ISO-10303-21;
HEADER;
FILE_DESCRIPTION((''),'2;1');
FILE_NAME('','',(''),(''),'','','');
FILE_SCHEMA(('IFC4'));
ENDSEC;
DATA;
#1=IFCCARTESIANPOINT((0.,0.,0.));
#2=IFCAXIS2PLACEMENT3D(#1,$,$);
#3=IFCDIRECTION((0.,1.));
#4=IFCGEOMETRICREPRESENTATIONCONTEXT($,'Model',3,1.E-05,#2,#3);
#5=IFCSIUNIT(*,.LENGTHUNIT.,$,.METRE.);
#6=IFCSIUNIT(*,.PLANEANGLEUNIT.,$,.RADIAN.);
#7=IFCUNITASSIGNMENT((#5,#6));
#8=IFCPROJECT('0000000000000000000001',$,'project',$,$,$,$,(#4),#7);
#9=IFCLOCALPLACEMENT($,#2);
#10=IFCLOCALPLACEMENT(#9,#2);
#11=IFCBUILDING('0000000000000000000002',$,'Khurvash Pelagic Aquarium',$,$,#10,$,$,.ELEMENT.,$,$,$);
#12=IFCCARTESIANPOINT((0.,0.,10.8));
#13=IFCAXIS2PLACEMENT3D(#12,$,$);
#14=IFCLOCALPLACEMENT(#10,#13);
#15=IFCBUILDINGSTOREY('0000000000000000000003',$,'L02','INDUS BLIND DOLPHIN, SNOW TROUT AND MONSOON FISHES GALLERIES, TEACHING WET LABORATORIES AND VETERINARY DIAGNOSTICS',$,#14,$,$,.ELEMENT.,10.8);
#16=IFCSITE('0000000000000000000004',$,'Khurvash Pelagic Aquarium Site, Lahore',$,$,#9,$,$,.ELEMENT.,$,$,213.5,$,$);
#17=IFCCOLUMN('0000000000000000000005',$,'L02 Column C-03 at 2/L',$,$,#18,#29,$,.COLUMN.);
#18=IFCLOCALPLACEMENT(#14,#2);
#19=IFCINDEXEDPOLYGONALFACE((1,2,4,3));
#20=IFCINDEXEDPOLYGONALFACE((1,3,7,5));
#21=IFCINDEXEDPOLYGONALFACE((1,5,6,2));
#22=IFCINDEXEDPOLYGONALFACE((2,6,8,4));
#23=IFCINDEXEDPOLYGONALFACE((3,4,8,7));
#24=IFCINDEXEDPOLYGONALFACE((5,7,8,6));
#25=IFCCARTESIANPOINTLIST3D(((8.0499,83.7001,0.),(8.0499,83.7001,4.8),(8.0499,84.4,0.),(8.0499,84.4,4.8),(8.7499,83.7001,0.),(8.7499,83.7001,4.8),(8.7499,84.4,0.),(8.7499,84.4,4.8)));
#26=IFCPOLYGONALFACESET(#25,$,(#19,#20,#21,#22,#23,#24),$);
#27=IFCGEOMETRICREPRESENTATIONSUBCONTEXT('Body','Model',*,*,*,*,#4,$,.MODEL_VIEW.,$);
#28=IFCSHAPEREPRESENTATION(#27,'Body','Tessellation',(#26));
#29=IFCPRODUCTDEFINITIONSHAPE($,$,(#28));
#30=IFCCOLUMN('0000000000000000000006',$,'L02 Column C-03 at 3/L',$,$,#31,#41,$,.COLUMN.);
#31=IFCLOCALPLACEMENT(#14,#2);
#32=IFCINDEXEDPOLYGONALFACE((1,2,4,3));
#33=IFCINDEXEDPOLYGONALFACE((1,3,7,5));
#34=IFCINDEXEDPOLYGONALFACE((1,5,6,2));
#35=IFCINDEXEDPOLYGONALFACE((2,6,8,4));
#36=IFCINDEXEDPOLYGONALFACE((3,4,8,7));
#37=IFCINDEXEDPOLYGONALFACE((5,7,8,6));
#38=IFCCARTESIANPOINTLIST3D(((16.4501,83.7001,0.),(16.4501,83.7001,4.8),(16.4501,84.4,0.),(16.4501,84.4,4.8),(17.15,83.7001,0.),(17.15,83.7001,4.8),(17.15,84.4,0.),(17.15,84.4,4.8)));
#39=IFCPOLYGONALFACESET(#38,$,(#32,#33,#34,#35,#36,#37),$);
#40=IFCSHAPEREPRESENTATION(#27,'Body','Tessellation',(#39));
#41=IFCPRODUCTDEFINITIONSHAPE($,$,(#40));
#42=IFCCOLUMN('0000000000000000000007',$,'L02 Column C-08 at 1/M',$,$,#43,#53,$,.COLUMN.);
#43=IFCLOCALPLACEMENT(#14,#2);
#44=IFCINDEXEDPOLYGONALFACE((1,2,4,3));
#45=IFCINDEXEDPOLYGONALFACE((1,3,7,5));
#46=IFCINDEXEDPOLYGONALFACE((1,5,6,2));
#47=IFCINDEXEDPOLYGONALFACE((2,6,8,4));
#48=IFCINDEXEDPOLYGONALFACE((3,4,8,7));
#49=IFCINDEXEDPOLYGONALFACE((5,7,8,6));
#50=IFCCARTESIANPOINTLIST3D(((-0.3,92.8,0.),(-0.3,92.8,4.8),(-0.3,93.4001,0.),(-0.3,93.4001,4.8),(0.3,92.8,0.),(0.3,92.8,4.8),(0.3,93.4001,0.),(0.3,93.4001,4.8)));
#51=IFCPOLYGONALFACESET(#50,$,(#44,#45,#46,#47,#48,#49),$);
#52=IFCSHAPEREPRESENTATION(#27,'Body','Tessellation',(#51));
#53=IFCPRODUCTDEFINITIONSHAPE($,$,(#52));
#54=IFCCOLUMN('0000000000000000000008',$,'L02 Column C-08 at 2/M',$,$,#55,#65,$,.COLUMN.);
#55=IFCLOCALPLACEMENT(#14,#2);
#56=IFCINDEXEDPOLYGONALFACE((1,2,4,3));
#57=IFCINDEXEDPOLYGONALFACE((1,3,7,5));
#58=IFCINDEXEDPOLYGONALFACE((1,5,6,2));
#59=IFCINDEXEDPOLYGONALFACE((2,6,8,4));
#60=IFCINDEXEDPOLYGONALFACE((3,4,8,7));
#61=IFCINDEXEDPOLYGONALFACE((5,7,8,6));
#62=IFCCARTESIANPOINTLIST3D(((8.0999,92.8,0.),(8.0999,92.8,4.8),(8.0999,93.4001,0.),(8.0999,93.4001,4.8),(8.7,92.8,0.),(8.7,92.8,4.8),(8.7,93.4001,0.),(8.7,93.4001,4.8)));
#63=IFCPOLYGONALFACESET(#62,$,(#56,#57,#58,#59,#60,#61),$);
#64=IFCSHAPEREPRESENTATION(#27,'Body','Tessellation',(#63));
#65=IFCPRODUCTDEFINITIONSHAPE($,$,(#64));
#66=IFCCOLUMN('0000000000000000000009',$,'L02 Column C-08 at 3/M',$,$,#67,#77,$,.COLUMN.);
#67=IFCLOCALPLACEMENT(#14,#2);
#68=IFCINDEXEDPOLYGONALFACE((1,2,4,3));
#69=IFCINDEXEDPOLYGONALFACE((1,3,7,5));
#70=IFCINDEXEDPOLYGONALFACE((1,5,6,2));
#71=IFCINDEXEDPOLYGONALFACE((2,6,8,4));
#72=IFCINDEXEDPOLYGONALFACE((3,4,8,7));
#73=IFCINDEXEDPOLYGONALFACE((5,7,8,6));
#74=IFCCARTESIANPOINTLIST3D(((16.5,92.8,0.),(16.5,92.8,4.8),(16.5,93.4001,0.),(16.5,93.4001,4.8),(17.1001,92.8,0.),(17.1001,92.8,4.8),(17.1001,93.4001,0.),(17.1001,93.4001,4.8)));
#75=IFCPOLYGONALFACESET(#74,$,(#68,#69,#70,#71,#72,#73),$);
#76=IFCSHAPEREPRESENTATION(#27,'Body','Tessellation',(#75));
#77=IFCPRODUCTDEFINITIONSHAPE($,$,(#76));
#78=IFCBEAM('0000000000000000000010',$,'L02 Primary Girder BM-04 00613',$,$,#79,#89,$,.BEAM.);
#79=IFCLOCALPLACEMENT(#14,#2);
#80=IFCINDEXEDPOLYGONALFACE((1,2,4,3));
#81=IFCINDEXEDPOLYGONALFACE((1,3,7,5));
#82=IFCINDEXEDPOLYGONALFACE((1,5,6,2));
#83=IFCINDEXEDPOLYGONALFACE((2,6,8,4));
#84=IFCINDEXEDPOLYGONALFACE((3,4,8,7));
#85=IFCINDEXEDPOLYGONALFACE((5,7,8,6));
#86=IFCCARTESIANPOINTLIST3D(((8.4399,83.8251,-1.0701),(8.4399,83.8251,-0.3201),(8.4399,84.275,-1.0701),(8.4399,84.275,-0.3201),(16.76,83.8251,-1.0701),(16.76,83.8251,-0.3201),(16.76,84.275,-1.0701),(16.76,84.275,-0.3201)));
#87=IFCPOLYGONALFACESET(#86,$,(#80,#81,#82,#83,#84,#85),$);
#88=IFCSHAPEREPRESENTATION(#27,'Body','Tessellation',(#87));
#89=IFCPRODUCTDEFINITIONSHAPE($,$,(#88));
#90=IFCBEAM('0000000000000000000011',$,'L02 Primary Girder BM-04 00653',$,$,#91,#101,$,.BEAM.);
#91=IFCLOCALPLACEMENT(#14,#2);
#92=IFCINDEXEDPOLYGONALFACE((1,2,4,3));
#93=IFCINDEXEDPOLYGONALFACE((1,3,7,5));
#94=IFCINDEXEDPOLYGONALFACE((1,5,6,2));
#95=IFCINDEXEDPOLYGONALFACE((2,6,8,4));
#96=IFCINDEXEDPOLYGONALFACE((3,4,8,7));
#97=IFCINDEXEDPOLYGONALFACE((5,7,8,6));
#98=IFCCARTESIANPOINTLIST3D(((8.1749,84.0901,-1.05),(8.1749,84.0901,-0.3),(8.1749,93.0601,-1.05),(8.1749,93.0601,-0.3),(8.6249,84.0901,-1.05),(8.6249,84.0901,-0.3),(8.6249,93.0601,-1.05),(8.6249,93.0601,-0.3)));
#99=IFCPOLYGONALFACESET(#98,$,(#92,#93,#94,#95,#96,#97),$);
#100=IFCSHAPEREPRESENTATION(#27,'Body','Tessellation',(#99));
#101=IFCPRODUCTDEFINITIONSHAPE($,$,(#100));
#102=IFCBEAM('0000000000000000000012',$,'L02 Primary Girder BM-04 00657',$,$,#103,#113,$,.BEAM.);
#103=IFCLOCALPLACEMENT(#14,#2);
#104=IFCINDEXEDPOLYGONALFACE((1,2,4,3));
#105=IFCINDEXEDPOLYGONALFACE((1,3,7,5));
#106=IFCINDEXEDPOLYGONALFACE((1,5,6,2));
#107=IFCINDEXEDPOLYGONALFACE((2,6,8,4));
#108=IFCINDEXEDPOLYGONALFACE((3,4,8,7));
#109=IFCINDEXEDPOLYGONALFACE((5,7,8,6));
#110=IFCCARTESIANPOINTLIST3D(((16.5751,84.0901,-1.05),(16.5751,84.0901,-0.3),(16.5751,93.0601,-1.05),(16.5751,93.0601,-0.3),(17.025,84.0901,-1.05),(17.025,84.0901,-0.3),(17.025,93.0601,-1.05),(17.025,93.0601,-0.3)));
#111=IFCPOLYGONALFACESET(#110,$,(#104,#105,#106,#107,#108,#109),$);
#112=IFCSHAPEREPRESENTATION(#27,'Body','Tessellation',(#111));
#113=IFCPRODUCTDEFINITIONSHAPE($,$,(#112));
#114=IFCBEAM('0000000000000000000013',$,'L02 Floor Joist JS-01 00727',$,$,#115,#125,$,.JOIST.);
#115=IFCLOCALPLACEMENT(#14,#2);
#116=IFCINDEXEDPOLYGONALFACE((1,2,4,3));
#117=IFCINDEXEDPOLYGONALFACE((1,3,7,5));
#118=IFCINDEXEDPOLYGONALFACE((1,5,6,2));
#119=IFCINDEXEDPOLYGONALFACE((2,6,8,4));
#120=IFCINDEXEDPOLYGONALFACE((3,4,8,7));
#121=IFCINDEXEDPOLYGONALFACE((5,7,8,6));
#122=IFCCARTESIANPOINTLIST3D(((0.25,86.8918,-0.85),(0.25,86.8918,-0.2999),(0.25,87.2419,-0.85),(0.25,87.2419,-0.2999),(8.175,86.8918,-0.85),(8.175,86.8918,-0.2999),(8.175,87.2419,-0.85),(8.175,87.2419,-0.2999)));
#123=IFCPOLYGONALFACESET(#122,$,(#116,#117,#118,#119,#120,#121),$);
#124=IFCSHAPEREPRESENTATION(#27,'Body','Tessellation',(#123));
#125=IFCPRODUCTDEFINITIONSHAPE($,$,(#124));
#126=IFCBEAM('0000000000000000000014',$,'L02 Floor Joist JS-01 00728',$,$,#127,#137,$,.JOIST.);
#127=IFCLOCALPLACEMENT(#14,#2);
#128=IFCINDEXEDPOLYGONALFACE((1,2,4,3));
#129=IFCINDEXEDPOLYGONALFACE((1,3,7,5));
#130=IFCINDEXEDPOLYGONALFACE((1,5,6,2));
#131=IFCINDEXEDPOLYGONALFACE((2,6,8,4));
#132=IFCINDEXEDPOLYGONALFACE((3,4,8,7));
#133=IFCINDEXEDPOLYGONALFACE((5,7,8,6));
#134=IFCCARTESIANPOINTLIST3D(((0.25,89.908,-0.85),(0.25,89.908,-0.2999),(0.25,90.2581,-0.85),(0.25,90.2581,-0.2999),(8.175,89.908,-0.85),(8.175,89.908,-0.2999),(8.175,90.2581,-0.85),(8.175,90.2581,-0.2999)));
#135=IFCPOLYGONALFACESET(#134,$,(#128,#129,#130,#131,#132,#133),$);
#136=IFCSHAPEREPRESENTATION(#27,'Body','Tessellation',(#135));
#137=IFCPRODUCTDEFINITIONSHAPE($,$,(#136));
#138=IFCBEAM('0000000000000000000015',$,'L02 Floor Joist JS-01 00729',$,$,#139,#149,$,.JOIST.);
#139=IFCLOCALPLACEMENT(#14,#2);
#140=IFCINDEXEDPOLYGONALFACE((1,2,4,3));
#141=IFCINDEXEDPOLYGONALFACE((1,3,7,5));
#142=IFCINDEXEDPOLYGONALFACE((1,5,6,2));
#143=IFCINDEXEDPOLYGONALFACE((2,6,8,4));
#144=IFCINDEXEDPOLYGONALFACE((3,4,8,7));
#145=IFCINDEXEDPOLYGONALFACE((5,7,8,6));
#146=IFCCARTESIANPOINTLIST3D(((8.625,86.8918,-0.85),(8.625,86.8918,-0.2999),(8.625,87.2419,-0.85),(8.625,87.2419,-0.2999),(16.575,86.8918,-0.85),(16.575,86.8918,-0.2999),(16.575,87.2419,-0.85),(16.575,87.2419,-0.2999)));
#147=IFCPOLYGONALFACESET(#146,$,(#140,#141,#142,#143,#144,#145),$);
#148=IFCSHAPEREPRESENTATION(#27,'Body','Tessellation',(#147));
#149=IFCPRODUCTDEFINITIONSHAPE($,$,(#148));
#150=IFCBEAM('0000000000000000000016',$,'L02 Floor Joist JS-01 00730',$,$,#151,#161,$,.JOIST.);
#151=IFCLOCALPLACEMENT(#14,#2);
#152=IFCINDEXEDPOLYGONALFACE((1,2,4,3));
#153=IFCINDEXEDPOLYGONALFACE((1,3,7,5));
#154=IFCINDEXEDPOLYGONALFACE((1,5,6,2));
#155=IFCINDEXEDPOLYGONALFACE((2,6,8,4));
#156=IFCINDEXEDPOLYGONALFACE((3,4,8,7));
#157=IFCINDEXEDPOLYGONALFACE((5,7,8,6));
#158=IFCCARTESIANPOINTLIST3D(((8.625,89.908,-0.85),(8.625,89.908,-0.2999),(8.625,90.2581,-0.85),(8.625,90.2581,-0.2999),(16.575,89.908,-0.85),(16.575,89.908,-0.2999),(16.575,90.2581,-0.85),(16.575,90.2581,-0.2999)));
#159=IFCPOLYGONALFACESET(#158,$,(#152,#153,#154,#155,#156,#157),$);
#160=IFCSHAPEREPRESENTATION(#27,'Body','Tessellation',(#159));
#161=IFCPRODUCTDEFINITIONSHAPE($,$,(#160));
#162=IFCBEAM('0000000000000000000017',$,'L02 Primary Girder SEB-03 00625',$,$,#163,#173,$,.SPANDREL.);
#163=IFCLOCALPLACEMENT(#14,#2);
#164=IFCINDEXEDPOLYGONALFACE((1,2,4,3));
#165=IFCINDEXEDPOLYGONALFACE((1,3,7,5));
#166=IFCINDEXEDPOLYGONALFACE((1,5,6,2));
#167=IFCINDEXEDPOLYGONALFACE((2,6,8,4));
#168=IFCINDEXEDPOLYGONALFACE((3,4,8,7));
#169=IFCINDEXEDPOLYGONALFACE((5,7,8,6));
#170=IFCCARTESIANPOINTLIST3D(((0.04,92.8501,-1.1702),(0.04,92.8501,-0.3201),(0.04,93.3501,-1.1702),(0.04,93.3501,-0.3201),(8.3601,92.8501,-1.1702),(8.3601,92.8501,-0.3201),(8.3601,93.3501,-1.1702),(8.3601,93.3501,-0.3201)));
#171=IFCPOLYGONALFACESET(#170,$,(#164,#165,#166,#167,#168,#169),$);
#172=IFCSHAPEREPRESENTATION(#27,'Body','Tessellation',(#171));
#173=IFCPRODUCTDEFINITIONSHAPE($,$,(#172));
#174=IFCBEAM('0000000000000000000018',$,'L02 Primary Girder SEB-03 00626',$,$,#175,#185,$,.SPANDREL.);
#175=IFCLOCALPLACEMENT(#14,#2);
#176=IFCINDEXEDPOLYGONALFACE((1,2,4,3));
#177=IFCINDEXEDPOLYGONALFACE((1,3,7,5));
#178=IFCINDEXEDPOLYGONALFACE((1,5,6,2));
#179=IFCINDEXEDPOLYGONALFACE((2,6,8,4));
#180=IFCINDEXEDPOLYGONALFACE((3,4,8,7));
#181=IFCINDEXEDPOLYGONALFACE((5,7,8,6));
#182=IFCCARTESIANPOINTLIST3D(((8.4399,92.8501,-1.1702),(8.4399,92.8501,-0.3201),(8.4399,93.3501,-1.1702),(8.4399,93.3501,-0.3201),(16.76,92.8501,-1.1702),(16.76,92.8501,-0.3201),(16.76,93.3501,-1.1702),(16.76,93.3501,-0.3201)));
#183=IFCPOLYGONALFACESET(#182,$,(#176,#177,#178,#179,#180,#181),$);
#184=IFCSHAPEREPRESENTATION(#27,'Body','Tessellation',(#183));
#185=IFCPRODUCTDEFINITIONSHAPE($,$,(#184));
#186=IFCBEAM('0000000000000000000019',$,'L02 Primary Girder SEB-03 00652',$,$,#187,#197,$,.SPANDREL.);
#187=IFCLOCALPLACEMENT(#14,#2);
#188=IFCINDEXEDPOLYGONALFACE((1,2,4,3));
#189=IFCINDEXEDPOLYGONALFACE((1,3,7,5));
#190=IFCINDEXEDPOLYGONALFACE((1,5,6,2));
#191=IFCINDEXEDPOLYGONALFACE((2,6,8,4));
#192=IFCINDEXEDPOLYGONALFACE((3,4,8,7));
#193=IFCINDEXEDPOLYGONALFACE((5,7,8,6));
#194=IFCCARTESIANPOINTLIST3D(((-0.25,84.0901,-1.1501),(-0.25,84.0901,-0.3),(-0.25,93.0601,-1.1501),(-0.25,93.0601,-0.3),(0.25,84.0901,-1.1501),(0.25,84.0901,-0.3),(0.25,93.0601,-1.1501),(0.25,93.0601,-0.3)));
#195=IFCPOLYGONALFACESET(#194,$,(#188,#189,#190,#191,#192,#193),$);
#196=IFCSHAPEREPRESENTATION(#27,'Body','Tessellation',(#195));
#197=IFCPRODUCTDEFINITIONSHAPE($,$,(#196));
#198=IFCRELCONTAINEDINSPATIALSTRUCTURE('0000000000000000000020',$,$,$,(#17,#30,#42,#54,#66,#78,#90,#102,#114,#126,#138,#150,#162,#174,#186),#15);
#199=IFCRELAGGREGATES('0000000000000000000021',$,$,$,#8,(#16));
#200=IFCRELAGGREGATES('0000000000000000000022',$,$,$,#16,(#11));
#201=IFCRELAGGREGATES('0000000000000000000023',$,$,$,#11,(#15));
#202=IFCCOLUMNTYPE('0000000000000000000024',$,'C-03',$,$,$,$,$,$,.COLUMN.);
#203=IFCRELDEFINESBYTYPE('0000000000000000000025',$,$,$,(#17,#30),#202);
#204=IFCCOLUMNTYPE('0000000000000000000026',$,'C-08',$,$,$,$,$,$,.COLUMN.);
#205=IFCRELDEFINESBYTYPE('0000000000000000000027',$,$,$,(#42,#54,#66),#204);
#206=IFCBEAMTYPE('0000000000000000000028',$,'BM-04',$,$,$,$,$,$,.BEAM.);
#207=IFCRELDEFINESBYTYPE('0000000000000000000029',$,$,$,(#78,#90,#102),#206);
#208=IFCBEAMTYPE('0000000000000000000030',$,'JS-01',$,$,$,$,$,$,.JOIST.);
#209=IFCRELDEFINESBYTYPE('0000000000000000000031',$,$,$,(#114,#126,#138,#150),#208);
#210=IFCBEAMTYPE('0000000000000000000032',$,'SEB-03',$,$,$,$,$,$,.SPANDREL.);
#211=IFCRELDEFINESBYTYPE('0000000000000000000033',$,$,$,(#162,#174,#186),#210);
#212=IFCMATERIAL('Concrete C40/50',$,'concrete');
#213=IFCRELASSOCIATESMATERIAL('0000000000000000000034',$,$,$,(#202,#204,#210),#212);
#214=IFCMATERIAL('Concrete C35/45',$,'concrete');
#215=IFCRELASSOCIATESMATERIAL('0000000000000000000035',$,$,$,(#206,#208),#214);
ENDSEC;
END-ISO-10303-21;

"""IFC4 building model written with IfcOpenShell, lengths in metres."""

from ifc_helpers import new_model, si_unit, direction, frame, origin, origin_2d, place, context, subcontext, project, spatial, rectangle, extrude, material, material_profile, profile_set, type_object, element, save


model = new_model("IFC4")

# Units and contexts
model_context = context("Model", 3, precision=1e-05, world=origin(), true_north=direction((0.0, 1.0)))
body_context = subcontext(model_context, "Body", "Model", "MODEL_VIEW")
ifc_project = project(units=[si_unit("LENGTHUNIT", "METRE"), si_unit("PLANEANGLEUNIT", "RADIAN")], contexts=[model_context])

# Site, building, storey
site_placement = place(None, origin())
site = spatial("IfcSite", under=ifc_project, at=site_placement, Name="Khurvash Pelagic Aquarium Site, Lahore", CompositionType="ELEMENT", RefElevation=213.5)
building_placement = place(site_placement, origin())
building = spatial("IfcBuilding", under=site, at=building_placement, Name="Khurvash Pelagic Aquarium", CompositionType="ELEMENT")
storey_placement = place(building_placement, frame((0.0, 0.0, 10.8)))
storey = spatial("IfcBuildingStorey", under=building, at=storey_placement, Name="L02", Description="INDUS BLIND DOLPHIN, SNOW TROUT AND MONSOON FISHES GALLERIES, TEACHING WET LABORATORIES AND VETERINARY DIAGNOSTICS", CompositionType="ELEMENT", Elevation=10.8)

# Columns
ifc_material_1 = material(Name="Concrete C40/50", Category="concrete")
ifc_material_profile_1 = material_profile(ifc_material_1, rectangle(XDim=0.7, YDim=0.7, at=origin_2d()), Name="RC700X700")
ifc_profile_set_1 = profile_set([ifc_material_profile_1], Name="Concrete C40/50")
column_type_1 = type_object("IfcColumnType", Name="C-03", PredefinedType="COLUMN", material=ifc_profile_set_1)
for number, where, z_axis, x_axis, name in (
    (1, (8.3999, 84.05, 0.0), (0.0, 0.0, 1.0), (1.0, 0.0, 0.0), "L02 Column C-03 at 2/L"),
    (2, (16.8, 84.05, 0.0), (0.0, 0.0, 1.0), (1.0, 0.0, 0.0), "L02 Column C-03 at 3/L"),
):
    element("IfcColumn", number, at=place(storey_placement, frame(where, z_axis=z_axis, x_axis=x_axis)), inside=storey, type_object=column_type_1, Name=name, PredefinedType="COLUMN", context=body_context, shape_type="SweptSolid", body=[
        extrude(rectangle(XDim=0.7, YDim=0.7, at=origin_2d()), origin(), (0.0, 0.0, 1.0), 4.8),
    ])
ifc_material_profile_2 = material_profile(ifc_material_1, rectangle(XDim=0.6001, YDim=0.6001, at=origin_2d()), Name="RC600X600")
ifc_profile_set_2 = profile_set([ifc_material_profile_2], Name="Concrete C40/50")
column_type_2 = type_object("IfcColumnType", Name="C-08", PredefinedType="COLUMN", material=ifc_profile_set_2)
for number, where, z_axis, x_axis, name in (
    (3, (0.0, 93.1001, 0.0), (0.0, 0.0, 1.0), (1.0, 0.0, 0.0), "L02 Column C-08 at 1/M"),
    (4, (8.3999, 93.1001, 0.0), (0.0, 0.0, 1.0), (1.0, 0.0, 0.0), "L02 Column C-08 at 2/M"),
    (5, (16.8, 93.1001, 0.0), (0.0, 0.0, 1.0), (1.0, 0.0, 0.0), "L02 Column C-08 at 3/M"),
):
    element("IfcColumn", number, at=place(storey_placement, frame(where, z_axis=z_axis, x_axis=x_axis)), inside=storey, type_object=column_type_2, Name=name, PredefinedType="COLUMN", context=body_context, shape_type="SweptSolid", body=[
        extrude(rectangle(XDim=0.6001, YDim=0.6001, at=origin_2d()), origin(), (0.0, 0.0, 1.0), 4.8),
    ])

# Beams
ifc_material_2 = material(Name="Concrete C35/45", Category="concrete")
ifc_material_profile_3 = material_profile(ifc_material_2, rectangle(XDim=0.45, YDim=0.75, at=origin_2d()), Name="RC450X750")
ifc_profile_set_3 = profile_set([ifc_material_profile_3], Name="Concrete C35/45")
beam_type_1 = type_object("IfcBeamType", Name="BM-04", PredefinedType="BEAM", material=ifc_profile_set_3)
beam_1_placement = place(storey_placement, frame((8.4399, 84.05, -0.6951), z_axis=(1.0, 0.0, 0.0), x_axis=(0.0, 1.0, 0.0)))
element("IfcBeam", 6, at=beam_1_placement, inside=storey, type_object=beam_type_1, Name="L02 Primary Girder BM-04 00613", PredefinedType="BEAM", context=body_context, shape_type="SweptSolid", body=[
    extrude(rectangle(XDim=0.45, YDim=0.75, at=origin_2d()), origin(), (0.0, 0.0, 1.0), 8.3201),
])
for number, where, z_axis, x_axis, name in (
    (7, (8.3999, 84.0901, -0.675), (0.0, 1.0, 0.0), (-1.0, 0.0, 0.0), "L02 Primary Girder BM-04 00653"),
    (8, (16.8, 84.0901, -0.675), (0.0, 1.0, 0.0), (-1.0, 0.0, 0.0), "L02 Primary Girder BM-04 00657"),
):
    element("IfcBeam", number, at=place(storey_placement, frame(where, z_axis=z_axis, x_axis=x_axis)), inside=storey, type_object=beam_type_1, Name=name, PredefinedType="BEAM", context=body_context, shape_type="SweptSolid", body=[
        extrude(rectangle(XDim=0.45, YDim=0.75, at=origin_2d()), origin(), (0.0, 0.0, 1.0), 8.97),
    ])
ifc_material_profile_4 = material_profile(ifc_material_2, rectangle(XDim=0.3501, YDim=0.55, at=origin_2d()), Name="RC350X550")
ifc_profile_set_4 = profile_set([ifc_material_profile_4], Name="Concrete C35/45")
beam_type_2 = type_object("IfcBeamType", Name="JS-01", PredefinedType="JOIST", material=ifc_profile_set_4)
for number, where, z_axis, x_axis, name in (
    (9, (0.25, 87.0669, -0.575), (1.0, 0.0, 0.0), (0.0, 1.0, 0.0), "L02 Floor Joist JS-01 00727"),
    (10, (0.25, 90.083, -0.575), (1.0, 0.0, 0.0), (0.0, 1.0, 0.0), "L02 Floor Joist JS-01 00728"),
):
    element("IfcBeam", number, at=place(storey_placement, frame(where, z_axis=z_axis, x_axis=x_axis)), inside=storey, type_object=beam_type_2, Name=name, PredefinedType="JOIST", context=body_context, shape_type="SweptSolid", body=[
        extrude(rectangle(XDim=0.3501, YDim=0.55, at=origin_2d()), origin(), (0.0, 0.0, 1.0), 7.925),
    ])
for number, where, z_axis, x_axis, name in (
    (11, (8.625, 87.0669, -0.575), (1.0, 0.0, 0.0), (0.0, 1.0, 0.0), "L02 Floor Joist JS-01 00729"),
    (12, (8.625, 90.083, -0.575), (1.0, 0.0, 0.0), (0.0, 1.0, 0.0), "L02 Floor Joist JS-01 00730"),
):
    element("IfcBeam", number, at=place(storey_placement, frame(where, z_axis=z_axis, x_axis=x_axis)), inside=storey, type_object=beam_type_2, Name=name, PredefinedType="JOIST", context=body_context, shape_type="SweptSolid", body=[
        extrude(rectangle(XDim=0.3501, YDim=0.55, at=origin_2d()), origin(), (0.0, 0.0, 1.0), 7.95),
    ])
ifc_material_profile_5 = material_profile(ifc_material_1, rectangle(XDim=0.5, YDim=0.8501, at=origin_2d()), Name="RC500X850")
ifc_profile_set_5 = profile_set([ifc_material_profile_5], Name="Concrete C40/50")
beam_type_3 = type_object("IfcBeamType", Name="SEB-03", PredefinedType="SPANDREL", material=ifc_profile_set_5)
for number, where, z_axis, x_axis, name in (
    (13, (0.04, 93.1001, -0.7451), (1.0, 0.0, 0.0), (0.0, 1.0, 0.0), "L02 Primary Girder SEB-03 00625"),
    (14, (8.4399, 93.1001, -0.7451), (1.0, 0.0, 0.0), (0.0, 1.0, 0.0), "L02 Primary Girder SEB-03 00626"),
):
    element("IfcBeam", number, at=place(storey_placement, frame(where, z_axis=z_axis, x_axis=x_axis)), inside=storey, type_object=beam_type_3, Name=name, PredefinedType="SPANDREL", context=body_context, shape_type="SweptSolid", body=[
        extrude(rectangle(XDim=0.5, YDim=0.8501, at=origin_2d()), origin(), (0.0, 0.0, 1.0), 8.3201),
    ])
beam_2_placement = place(storey_placement, frame((0.0, 84.0901, -0.7251), z_axis=(0.0, 1.0, 0.0), x_axis=(-1.0, 0.0, 0.0)))
element("IfcBeam", 15, at=beam_2_placement, inside=storey, type_object=beam_type_3, Name="L02 Primary Girder SEB-03 00652", PredefinedType="SPANDREL", context=body_context, shape_type="SweptSolid", body=[
    extrude(rectangle(XDim=0.5, YDim=0.8501, at=origin_2d()), origin(), (0.0, 0.0, 1.0), 8.97),
])

save(model, "model.ifc")
